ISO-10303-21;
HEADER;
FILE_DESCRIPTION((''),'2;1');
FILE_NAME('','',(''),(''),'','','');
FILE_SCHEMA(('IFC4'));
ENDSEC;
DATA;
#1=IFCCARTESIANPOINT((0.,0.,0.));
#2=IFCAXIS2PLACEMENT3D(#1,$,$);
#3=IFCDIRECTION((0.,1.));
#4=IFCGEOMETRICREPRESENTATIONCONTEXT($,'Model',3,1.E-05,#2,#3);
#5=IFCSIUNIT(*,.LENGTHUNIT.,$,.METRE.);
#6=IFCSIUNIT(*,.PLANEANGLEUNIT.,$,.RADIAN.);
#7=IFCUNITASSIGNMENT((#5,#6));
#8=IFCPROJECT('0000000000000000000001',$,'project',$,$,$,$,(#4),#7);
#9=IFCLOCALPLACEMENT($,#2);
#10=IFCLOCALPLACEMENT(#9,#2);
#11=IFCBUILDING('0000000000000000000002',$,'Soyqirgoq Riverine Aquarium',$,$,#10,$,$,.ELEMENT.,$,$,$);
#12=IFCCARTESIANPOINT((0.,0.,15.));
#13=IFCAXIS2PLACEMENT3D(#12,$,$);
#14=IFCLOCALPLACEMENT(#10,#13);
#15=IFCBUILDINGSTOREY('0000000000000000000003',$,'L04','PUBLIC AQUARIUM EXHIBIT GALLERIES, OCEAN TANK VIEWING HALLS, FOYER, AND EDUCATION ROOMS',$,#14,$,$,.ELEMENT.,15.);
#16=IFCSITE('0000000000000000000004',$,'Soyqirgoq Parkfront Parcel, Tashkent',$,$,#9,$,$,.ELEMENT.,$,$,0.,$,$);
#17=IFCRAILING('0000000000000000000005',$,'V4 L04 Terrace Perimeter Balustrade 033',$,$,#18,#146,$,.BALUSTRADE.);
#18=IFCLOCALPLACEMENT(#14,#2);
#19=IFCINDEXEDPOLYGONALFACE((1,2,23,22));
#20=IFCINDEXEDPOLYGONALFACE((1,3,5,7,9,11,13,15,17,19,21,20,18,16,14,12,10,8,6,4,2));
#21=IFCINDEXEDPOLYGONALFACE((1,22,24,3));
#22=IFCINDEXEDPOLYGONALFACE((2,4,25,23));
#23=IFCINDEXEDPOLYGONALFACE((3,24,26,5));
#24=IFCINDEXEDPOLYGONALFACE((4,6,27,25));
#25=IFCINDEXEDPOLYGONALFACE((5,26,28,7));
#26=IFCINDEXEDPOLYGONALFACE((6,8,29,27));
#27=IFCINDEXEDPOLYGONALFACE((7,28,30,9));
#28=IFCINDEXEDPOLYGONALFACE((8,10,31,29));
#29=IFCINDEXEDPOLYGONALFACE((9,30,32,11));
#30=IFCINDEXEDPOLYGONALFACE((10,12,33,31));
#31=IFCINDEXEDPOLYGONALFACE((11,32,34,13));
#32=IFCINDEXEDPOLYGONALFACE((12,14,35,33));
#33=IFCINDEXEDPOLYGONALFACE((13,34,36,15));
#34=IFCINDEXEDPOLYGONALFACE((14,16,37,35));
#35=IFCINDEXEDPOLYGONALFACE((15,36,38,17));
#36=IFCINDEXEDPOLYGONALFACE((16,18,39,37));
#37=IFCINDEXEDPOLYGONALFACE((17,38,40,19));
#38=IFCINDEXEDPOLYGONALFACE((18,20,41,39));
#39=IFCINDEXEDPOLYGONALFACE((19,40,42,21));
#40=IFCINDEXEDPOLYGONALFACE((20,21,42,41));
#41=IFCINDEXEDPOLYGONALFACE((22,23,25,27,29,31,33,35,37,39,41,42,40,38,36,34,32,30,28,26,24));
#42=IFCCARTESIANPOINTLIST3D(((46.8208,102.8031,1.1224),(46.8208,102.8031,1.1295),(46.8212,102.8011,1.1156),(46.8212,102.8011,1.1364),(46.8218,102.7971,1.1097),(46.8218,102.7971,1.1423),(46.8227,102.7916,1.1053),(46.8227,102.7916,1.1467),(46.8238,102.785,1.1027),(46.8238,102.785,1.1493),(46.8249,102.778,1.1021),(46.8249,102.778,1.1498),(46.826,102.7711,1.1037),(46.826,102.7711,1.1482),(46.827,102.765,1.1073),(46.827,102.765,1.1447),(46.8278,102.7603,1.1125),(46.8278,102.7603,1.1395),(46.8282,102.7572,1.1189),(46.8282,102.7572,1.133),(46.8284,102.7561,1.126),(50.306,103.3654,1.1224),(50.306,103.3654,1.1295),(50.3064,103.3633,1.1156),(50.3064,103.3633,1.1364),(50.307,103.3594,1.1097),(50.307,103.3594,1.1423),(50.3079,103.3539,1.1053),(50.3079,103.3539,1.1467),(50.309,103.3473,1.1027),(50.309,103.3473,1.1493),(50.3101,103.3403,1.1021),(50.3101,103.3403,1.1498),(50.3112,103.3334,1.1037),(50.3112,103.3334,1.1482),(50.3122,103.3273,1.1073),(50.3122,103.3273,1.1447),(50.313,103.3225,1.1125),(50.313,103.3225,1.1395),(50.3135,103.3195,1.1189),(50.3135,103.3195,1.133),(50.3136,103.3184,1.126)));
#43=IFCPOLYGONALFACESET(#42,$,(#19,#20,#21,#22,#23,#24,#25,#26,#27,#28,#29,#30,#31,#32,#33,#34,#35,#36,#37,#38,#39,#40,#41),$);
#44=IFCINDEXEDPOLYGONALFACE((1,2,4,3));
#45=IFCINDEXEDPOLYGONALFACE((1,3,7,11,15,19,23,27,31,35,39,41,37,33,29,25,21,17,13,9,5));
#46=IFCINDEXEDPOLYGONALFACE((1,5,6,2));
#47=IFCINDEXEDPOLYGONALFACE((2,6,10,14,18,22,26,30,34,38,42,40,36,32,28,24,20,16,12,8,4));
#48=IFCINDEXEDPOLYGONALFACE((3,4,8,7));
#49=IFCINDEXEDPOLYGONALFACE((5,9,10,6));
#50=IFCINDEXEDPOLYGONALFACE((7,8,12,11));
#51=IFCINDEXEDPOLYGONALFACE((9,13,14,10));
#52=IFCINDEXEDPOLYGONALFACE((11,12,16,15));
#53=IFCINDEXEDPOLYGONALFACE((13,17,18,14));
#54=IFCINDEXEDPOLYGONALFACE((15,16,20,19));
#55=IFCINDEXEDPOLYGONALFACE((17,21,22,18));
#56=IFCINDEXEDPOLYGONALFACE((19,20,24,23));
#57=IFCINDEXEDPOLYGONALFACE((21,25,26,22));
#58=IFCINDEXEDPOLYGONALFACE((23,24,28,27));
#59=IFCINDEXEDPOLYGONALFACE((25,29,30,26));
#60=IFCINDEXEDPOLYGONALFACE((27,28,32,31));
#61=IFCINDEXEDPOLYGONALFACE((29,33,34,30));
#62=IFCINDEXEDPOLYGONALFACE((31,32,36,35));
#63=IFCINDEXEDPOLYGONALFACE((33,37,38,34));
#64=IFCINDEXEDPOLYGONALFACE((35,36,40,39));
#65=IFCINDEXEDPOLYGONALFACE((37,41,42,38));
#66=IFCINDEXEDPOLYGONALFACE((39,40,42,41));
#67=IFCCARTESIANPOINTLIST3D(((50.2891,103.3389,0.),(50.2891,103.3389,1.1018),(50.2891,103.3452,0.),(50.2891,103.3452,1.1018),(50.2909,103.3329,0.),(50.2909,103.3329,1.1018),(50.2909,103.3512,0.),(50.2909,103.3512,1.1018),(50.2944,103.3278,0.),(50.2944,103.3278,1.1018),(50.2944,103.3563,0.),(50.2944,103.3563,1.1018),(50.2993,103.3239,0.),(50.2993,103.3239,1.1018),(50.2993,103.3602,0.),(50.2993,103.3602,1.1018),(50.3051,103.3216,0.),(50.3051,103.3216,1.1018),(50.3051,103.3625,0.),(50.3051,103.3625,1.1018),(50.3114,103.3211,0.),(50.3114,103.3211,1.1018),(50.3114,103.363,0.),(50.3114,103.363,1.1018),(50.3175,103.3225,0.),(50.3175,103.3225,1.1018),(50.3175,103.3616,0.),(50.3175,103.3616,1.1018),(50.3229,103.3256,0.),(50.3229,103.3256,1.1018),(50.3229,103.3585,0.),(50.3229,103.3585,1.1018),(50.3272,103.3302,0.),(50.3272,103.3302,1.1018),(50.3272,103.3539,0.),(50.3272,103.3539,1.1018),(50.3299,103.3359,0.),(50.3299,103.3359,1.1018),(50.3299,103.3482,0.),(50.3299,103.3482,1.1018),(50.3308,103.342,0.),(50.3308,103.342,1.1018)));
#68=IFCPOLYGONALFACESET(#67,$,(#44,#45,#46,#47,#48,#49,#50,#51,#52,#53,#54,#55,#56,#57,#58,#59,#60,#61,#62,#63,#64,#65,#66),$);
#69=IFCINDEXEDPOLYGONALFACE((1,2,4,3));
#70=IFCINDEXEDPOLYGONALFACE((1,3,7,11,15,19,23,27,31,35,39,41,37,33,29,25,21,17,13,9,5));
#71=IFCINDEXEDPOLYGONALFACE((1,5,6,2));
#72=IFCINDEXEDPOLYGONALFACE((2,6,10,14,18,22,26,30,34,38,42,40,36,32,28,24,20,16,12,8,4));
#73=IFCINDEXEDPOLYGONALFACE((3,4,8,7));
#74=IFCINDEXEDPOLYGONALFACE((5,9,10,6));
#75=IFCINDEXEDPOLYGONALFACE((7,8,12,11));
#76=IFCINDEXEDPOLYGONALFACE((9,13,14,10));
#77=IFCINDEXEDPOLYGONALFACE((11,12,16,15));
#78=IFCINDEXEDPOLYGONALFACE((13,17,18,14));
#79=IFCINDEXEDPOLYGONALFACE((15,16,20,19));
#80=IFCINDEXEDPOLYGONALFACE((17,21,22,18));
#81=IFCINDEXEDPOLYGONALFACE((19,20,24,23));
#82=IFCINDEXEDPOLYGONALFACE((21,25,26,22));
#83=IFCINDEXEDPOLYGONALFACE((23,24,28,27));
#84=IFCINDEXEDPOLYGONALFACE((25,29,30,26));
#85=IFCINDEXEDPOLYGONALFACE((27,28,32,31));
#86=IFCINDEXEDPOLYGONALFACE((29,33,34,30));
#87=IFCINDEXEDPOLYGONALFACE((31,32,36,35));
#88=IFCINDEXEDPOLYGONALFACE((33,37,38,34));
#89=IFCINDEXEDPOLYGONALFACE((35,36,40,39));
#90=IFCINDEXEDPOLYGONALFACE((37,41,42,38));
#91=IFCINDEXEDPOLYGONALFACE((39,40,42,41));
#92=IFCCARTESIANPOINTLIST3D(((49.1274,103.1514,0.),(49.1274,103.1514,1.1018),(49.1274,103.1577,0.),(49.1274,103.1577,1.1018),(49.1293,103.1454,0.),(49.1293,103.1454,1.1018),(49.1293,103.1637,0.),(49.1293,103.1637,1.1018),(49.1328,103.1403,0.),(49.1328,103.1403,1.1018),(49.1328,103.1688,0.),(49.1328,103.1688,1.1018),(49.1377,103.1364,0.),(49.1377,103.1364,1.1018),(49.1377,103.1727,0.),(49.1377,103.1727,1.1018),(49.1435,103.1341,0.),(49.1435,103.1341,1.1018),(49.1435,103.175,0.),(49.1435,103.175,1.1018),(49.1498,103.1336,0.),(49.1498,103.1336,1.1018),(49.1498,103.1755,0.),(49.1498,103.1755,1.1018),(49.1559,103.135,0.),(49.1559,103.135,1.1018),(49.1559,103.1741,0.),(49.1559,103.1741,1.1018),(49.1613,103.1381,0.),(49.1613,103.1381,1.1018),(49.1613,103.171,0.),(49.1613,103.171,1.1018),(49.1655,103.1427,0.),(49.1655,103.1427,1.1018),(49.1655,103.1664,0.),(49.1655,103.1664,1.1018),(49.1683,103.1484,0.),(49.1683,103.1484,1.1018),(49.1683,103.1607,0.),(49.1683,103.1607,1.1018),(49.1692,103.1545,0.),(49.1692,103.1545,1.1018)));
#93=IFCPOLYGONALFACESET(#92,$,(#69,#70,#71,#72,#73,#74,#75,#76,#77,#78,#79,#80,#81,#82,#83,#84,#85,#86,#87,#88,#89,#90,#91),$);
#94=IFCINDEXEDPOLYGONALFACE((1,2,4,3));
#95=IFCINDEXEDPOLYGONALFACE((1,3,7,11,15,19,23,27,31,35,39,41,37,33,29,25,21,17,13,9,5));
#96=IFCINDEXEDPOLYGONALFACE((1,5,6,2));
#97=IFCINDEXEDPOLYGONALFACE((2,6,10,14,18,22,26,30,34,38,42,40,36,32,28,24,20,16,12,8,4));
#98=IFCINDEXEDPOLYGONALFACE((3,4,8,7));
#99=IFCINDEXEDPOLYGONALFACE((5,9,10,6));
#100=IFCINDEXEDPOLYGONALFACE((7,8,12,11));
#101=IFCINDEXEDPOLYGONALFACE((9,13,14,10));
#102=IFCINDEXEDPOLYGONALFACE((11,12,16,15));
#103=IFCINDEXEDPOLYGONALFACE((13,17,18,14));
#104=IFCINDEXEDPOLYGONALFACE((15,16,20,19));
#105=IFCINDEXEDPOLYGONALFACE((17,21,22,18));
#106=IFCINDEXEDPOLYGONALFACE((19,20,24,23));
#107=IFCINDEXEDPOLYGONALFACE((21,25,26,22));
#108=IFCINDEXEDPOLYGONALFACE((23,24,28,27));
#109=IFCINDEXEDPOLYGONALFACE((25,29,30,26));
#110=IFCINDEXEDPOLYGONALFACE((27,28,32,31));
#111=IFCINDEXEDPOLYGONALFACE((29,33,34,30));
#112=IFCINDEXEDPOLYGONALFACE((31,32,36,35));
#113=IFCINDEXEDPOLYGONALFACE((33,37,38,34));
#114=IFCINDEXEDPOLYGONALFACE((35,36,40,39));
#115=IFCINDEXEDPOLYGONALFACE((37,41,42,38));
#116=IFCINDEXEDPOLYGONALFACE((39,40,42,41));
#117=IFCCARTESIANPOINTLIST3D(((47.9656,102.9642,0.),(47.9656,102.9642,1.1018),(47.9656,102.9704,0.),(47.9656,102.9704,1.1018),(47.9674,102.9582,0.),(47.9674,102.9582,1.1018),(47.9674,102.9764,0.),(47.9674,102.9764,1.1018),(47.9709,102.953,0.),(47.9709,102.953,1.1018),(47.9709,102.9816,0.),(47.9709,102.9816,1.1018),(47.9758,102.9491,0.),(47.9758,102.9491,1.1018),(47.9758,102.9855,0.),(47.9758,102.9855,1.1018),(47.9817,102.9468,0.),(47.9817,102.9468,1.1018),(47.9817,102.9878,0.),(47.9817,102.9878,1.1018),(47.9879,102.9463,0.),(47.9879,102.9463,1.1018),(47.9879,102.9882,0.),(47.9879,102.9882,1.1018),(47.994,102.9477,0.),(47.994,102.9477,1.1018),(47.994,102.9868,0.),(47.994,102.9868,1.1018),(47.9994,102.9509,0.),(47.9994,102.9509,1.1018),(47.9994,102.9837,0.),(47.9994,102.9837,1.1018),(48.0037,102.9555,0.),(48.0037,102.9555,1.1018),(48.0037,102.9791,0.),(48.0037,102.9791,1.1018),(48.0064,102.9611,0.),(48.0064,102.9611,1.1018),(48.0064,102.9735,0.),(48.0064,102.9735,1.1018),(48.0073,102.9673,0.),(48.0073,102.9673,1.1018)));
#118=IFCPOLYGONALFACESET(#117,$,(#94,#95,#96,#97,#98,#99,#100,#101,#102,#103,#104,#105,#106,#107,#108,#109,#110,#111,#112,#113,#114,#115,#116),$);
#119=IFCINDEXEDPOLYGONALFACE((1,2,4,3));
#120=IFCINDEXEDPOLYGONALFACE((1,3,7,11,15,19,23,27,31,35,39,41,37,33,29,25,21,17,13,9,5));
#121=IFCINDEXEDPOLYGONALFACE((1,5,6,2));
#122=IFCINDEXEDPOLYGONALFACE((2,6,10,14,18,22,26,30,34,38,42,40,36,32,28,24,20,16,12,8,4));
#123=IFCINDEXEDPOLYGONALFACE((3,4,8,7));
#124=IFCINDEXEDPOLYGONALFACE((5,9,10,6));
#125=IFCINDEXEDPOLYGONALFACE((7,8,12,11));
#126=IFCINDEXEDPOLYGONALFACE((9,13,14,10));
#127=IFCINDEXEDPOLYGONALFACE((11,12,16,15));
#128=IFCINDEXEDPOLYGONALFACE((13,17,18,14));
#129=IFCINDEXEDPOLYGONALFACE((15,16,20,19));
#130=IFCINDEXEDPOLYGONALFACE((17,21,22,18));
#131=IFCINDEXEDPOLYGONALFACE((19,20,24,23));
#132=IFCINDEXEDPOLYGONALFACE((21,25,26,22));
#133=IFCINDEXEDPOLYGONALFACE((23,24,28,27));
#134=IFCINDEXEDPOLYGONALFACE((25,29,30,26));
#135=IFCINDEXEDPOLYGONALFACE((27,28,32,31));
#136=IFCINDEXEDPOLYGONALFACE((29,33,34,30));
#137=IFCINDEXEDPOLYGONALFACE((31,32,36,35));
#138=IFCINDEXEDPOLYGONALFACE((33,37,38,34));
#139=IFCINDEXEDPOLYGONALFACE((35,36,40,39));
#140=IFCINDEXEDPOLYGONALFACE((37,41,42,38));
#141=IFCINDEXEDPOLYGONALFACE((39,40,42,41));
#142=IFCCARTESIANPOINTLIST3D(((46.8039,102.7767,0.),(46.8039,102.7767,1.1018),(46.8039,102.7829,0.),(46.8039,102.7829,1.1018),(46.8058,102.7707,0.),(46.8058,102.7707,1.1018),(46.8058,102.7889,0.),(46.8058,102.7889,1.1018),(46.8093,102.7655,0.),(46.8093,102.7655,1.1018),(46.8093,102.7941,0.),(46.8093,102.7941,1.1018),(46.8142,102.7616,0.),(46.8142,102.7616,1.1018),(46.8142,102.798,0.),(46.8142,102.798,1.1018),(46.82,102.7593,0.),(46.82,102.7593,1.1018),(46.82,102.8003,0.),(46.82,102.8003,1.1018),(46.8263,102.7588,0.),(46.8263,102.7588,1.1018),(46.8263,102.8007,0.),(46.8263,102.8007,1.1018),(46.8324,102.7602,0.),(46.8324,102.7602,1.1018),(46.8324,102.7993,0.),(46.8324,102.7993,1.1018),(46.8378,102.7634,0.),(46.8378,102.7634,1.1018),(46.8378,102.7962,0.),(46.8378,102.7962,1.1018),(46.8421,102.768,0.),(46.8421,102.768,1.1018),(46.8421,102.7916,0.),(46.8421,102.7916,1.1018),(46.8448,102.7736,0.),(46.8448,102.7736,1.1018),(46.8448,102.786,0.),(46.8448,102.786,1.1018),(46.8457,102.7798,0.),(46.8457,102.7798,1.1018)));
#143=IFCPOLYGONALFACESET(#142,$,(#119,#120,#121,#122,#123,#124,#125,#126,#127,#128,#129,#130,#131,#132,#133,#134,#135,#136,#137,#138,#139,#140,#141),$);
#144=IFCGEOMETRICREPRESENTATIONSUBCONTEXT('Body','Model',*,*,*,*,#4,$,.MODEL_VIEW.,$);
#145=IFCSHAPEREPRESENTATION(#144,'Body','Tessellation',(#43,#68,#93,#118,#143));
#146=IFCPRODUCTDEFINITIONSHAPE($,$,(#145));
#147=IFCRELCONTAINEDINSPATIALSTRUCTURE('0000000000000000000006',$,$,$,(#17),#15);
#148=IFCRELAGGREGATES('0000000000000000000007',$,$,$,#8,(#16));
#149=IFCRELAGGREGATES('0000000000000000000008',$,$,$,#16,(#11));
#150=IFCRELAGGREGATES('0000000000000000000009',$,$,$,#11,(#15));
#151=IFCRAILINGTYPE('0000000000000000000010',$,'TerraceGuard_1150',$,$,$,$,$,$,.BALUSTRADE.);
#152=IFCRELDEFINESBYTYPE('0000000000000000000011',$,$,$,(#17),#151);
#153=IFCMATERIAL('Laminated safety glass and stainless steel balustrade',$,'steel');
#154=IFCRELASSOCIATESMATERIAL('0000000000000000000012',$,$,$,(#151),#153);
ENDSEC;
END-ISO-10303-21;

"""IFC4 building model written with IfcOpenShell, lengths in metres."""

from ifc_helpers import new_model, si_unit, direction, frame, origin, origin_2d, place, context, subcontext, project, spatial, circle, extrude, material, type_object, element, save


model = new_model("IFC4")

# Units and contexts
model_context = context("Model", 3, precision=1e-05, world=origin(), true_north=direction((0.0, 1.0)))
body_context = subcontext(model_context, "Body", "Model", "MODEL_VIEW")
ifc_project = project(units=[si_unit("LENGTHUNIT", "METRE"), si_unit("PLANEANGLEUNIT", "RADIAN")], contexts=[model_context])

# Site, building, storey
site_placement = place(None, origin())
site = spatial("IfcSite", under=ifc_project, at=site_placement, Name="Soyqirgoq Parkfront Parcel, Tashkent", CompositionType="ELEMENT", RefElevation=0.0)
building_placement = place(site_placement, origin())
building = spatial("IfcBuilding", under=site, at=building_placement, Name="Soyqirgoq Riverine Aquarium", CompositionType="ELEMENT")
storey_placement = place(building_placement, frame((0.0, 0.0, 15.0)))
storey = spatial("IfcBuildingStorey", under=building, at=storey_placement, Name="L04", Description="PUBLIC AQUARIUM EXHIBIT GALLERIES, OCEAN TANK VIEWING HALLS, FOYER, AND EDUCATION ROOMS", CompositionType="ELEMENT", Elevation=15.0)

# Railing
ifc_material_1 = material(Name="Laminated safety glass and stainless steel balustrade", Category="steel")
railing_type = type_object("IfcRailingType", Name="TerraceGuard_1150", PredefinedType="BALUSTRADE", material=ifc_material_1)
railing_1_placement = place(storey_placement, frame((50.3098, 103.342, 0.0)))
element("IfcRailing", 1, at=railing_1_placement, inside=storey, type_object=railing_type, Name="V4 L04 Terrace Perimeter Balustrade 033", PredefinedType="BALUSTRADE", context=body_context, shape_type="SweptSolid", body=[
    extrude(circle(Radius=0.0239, at=origin_2d()), frame((0.0, 0.0, 1.126), z_axis=(-0.987235, -0.159272, 0.0), x_axis=(0.159272, -0.987235, 0.0)), (0.0, 0.0, 1.0), 3.5303),
    extrude(circle(Radius=0.021, at=origin_2d()), origin(), (0.0, 0.0, 1.0), 1.1018),
    extrude(circle(Radius=0.021, at=origin_2d()), frame((-1.1616, -0.1875, 0.0)), (0.0, 0.0, 1.0), 1.1018),
    extrude(circle(Radius=0.021, at=origin_2d()), frame((-2.3235, -0.3748, 0.0)), (0.0, 0.0, 1.0), 1.1018),
    extrude(circle(Radius=0.021, at=origin_2d()), frame((-3.4851, -0.5623, 0.0)), (0.0, 0.0, 1.0), 1.1018),
])

save(model, "model.ifc")
